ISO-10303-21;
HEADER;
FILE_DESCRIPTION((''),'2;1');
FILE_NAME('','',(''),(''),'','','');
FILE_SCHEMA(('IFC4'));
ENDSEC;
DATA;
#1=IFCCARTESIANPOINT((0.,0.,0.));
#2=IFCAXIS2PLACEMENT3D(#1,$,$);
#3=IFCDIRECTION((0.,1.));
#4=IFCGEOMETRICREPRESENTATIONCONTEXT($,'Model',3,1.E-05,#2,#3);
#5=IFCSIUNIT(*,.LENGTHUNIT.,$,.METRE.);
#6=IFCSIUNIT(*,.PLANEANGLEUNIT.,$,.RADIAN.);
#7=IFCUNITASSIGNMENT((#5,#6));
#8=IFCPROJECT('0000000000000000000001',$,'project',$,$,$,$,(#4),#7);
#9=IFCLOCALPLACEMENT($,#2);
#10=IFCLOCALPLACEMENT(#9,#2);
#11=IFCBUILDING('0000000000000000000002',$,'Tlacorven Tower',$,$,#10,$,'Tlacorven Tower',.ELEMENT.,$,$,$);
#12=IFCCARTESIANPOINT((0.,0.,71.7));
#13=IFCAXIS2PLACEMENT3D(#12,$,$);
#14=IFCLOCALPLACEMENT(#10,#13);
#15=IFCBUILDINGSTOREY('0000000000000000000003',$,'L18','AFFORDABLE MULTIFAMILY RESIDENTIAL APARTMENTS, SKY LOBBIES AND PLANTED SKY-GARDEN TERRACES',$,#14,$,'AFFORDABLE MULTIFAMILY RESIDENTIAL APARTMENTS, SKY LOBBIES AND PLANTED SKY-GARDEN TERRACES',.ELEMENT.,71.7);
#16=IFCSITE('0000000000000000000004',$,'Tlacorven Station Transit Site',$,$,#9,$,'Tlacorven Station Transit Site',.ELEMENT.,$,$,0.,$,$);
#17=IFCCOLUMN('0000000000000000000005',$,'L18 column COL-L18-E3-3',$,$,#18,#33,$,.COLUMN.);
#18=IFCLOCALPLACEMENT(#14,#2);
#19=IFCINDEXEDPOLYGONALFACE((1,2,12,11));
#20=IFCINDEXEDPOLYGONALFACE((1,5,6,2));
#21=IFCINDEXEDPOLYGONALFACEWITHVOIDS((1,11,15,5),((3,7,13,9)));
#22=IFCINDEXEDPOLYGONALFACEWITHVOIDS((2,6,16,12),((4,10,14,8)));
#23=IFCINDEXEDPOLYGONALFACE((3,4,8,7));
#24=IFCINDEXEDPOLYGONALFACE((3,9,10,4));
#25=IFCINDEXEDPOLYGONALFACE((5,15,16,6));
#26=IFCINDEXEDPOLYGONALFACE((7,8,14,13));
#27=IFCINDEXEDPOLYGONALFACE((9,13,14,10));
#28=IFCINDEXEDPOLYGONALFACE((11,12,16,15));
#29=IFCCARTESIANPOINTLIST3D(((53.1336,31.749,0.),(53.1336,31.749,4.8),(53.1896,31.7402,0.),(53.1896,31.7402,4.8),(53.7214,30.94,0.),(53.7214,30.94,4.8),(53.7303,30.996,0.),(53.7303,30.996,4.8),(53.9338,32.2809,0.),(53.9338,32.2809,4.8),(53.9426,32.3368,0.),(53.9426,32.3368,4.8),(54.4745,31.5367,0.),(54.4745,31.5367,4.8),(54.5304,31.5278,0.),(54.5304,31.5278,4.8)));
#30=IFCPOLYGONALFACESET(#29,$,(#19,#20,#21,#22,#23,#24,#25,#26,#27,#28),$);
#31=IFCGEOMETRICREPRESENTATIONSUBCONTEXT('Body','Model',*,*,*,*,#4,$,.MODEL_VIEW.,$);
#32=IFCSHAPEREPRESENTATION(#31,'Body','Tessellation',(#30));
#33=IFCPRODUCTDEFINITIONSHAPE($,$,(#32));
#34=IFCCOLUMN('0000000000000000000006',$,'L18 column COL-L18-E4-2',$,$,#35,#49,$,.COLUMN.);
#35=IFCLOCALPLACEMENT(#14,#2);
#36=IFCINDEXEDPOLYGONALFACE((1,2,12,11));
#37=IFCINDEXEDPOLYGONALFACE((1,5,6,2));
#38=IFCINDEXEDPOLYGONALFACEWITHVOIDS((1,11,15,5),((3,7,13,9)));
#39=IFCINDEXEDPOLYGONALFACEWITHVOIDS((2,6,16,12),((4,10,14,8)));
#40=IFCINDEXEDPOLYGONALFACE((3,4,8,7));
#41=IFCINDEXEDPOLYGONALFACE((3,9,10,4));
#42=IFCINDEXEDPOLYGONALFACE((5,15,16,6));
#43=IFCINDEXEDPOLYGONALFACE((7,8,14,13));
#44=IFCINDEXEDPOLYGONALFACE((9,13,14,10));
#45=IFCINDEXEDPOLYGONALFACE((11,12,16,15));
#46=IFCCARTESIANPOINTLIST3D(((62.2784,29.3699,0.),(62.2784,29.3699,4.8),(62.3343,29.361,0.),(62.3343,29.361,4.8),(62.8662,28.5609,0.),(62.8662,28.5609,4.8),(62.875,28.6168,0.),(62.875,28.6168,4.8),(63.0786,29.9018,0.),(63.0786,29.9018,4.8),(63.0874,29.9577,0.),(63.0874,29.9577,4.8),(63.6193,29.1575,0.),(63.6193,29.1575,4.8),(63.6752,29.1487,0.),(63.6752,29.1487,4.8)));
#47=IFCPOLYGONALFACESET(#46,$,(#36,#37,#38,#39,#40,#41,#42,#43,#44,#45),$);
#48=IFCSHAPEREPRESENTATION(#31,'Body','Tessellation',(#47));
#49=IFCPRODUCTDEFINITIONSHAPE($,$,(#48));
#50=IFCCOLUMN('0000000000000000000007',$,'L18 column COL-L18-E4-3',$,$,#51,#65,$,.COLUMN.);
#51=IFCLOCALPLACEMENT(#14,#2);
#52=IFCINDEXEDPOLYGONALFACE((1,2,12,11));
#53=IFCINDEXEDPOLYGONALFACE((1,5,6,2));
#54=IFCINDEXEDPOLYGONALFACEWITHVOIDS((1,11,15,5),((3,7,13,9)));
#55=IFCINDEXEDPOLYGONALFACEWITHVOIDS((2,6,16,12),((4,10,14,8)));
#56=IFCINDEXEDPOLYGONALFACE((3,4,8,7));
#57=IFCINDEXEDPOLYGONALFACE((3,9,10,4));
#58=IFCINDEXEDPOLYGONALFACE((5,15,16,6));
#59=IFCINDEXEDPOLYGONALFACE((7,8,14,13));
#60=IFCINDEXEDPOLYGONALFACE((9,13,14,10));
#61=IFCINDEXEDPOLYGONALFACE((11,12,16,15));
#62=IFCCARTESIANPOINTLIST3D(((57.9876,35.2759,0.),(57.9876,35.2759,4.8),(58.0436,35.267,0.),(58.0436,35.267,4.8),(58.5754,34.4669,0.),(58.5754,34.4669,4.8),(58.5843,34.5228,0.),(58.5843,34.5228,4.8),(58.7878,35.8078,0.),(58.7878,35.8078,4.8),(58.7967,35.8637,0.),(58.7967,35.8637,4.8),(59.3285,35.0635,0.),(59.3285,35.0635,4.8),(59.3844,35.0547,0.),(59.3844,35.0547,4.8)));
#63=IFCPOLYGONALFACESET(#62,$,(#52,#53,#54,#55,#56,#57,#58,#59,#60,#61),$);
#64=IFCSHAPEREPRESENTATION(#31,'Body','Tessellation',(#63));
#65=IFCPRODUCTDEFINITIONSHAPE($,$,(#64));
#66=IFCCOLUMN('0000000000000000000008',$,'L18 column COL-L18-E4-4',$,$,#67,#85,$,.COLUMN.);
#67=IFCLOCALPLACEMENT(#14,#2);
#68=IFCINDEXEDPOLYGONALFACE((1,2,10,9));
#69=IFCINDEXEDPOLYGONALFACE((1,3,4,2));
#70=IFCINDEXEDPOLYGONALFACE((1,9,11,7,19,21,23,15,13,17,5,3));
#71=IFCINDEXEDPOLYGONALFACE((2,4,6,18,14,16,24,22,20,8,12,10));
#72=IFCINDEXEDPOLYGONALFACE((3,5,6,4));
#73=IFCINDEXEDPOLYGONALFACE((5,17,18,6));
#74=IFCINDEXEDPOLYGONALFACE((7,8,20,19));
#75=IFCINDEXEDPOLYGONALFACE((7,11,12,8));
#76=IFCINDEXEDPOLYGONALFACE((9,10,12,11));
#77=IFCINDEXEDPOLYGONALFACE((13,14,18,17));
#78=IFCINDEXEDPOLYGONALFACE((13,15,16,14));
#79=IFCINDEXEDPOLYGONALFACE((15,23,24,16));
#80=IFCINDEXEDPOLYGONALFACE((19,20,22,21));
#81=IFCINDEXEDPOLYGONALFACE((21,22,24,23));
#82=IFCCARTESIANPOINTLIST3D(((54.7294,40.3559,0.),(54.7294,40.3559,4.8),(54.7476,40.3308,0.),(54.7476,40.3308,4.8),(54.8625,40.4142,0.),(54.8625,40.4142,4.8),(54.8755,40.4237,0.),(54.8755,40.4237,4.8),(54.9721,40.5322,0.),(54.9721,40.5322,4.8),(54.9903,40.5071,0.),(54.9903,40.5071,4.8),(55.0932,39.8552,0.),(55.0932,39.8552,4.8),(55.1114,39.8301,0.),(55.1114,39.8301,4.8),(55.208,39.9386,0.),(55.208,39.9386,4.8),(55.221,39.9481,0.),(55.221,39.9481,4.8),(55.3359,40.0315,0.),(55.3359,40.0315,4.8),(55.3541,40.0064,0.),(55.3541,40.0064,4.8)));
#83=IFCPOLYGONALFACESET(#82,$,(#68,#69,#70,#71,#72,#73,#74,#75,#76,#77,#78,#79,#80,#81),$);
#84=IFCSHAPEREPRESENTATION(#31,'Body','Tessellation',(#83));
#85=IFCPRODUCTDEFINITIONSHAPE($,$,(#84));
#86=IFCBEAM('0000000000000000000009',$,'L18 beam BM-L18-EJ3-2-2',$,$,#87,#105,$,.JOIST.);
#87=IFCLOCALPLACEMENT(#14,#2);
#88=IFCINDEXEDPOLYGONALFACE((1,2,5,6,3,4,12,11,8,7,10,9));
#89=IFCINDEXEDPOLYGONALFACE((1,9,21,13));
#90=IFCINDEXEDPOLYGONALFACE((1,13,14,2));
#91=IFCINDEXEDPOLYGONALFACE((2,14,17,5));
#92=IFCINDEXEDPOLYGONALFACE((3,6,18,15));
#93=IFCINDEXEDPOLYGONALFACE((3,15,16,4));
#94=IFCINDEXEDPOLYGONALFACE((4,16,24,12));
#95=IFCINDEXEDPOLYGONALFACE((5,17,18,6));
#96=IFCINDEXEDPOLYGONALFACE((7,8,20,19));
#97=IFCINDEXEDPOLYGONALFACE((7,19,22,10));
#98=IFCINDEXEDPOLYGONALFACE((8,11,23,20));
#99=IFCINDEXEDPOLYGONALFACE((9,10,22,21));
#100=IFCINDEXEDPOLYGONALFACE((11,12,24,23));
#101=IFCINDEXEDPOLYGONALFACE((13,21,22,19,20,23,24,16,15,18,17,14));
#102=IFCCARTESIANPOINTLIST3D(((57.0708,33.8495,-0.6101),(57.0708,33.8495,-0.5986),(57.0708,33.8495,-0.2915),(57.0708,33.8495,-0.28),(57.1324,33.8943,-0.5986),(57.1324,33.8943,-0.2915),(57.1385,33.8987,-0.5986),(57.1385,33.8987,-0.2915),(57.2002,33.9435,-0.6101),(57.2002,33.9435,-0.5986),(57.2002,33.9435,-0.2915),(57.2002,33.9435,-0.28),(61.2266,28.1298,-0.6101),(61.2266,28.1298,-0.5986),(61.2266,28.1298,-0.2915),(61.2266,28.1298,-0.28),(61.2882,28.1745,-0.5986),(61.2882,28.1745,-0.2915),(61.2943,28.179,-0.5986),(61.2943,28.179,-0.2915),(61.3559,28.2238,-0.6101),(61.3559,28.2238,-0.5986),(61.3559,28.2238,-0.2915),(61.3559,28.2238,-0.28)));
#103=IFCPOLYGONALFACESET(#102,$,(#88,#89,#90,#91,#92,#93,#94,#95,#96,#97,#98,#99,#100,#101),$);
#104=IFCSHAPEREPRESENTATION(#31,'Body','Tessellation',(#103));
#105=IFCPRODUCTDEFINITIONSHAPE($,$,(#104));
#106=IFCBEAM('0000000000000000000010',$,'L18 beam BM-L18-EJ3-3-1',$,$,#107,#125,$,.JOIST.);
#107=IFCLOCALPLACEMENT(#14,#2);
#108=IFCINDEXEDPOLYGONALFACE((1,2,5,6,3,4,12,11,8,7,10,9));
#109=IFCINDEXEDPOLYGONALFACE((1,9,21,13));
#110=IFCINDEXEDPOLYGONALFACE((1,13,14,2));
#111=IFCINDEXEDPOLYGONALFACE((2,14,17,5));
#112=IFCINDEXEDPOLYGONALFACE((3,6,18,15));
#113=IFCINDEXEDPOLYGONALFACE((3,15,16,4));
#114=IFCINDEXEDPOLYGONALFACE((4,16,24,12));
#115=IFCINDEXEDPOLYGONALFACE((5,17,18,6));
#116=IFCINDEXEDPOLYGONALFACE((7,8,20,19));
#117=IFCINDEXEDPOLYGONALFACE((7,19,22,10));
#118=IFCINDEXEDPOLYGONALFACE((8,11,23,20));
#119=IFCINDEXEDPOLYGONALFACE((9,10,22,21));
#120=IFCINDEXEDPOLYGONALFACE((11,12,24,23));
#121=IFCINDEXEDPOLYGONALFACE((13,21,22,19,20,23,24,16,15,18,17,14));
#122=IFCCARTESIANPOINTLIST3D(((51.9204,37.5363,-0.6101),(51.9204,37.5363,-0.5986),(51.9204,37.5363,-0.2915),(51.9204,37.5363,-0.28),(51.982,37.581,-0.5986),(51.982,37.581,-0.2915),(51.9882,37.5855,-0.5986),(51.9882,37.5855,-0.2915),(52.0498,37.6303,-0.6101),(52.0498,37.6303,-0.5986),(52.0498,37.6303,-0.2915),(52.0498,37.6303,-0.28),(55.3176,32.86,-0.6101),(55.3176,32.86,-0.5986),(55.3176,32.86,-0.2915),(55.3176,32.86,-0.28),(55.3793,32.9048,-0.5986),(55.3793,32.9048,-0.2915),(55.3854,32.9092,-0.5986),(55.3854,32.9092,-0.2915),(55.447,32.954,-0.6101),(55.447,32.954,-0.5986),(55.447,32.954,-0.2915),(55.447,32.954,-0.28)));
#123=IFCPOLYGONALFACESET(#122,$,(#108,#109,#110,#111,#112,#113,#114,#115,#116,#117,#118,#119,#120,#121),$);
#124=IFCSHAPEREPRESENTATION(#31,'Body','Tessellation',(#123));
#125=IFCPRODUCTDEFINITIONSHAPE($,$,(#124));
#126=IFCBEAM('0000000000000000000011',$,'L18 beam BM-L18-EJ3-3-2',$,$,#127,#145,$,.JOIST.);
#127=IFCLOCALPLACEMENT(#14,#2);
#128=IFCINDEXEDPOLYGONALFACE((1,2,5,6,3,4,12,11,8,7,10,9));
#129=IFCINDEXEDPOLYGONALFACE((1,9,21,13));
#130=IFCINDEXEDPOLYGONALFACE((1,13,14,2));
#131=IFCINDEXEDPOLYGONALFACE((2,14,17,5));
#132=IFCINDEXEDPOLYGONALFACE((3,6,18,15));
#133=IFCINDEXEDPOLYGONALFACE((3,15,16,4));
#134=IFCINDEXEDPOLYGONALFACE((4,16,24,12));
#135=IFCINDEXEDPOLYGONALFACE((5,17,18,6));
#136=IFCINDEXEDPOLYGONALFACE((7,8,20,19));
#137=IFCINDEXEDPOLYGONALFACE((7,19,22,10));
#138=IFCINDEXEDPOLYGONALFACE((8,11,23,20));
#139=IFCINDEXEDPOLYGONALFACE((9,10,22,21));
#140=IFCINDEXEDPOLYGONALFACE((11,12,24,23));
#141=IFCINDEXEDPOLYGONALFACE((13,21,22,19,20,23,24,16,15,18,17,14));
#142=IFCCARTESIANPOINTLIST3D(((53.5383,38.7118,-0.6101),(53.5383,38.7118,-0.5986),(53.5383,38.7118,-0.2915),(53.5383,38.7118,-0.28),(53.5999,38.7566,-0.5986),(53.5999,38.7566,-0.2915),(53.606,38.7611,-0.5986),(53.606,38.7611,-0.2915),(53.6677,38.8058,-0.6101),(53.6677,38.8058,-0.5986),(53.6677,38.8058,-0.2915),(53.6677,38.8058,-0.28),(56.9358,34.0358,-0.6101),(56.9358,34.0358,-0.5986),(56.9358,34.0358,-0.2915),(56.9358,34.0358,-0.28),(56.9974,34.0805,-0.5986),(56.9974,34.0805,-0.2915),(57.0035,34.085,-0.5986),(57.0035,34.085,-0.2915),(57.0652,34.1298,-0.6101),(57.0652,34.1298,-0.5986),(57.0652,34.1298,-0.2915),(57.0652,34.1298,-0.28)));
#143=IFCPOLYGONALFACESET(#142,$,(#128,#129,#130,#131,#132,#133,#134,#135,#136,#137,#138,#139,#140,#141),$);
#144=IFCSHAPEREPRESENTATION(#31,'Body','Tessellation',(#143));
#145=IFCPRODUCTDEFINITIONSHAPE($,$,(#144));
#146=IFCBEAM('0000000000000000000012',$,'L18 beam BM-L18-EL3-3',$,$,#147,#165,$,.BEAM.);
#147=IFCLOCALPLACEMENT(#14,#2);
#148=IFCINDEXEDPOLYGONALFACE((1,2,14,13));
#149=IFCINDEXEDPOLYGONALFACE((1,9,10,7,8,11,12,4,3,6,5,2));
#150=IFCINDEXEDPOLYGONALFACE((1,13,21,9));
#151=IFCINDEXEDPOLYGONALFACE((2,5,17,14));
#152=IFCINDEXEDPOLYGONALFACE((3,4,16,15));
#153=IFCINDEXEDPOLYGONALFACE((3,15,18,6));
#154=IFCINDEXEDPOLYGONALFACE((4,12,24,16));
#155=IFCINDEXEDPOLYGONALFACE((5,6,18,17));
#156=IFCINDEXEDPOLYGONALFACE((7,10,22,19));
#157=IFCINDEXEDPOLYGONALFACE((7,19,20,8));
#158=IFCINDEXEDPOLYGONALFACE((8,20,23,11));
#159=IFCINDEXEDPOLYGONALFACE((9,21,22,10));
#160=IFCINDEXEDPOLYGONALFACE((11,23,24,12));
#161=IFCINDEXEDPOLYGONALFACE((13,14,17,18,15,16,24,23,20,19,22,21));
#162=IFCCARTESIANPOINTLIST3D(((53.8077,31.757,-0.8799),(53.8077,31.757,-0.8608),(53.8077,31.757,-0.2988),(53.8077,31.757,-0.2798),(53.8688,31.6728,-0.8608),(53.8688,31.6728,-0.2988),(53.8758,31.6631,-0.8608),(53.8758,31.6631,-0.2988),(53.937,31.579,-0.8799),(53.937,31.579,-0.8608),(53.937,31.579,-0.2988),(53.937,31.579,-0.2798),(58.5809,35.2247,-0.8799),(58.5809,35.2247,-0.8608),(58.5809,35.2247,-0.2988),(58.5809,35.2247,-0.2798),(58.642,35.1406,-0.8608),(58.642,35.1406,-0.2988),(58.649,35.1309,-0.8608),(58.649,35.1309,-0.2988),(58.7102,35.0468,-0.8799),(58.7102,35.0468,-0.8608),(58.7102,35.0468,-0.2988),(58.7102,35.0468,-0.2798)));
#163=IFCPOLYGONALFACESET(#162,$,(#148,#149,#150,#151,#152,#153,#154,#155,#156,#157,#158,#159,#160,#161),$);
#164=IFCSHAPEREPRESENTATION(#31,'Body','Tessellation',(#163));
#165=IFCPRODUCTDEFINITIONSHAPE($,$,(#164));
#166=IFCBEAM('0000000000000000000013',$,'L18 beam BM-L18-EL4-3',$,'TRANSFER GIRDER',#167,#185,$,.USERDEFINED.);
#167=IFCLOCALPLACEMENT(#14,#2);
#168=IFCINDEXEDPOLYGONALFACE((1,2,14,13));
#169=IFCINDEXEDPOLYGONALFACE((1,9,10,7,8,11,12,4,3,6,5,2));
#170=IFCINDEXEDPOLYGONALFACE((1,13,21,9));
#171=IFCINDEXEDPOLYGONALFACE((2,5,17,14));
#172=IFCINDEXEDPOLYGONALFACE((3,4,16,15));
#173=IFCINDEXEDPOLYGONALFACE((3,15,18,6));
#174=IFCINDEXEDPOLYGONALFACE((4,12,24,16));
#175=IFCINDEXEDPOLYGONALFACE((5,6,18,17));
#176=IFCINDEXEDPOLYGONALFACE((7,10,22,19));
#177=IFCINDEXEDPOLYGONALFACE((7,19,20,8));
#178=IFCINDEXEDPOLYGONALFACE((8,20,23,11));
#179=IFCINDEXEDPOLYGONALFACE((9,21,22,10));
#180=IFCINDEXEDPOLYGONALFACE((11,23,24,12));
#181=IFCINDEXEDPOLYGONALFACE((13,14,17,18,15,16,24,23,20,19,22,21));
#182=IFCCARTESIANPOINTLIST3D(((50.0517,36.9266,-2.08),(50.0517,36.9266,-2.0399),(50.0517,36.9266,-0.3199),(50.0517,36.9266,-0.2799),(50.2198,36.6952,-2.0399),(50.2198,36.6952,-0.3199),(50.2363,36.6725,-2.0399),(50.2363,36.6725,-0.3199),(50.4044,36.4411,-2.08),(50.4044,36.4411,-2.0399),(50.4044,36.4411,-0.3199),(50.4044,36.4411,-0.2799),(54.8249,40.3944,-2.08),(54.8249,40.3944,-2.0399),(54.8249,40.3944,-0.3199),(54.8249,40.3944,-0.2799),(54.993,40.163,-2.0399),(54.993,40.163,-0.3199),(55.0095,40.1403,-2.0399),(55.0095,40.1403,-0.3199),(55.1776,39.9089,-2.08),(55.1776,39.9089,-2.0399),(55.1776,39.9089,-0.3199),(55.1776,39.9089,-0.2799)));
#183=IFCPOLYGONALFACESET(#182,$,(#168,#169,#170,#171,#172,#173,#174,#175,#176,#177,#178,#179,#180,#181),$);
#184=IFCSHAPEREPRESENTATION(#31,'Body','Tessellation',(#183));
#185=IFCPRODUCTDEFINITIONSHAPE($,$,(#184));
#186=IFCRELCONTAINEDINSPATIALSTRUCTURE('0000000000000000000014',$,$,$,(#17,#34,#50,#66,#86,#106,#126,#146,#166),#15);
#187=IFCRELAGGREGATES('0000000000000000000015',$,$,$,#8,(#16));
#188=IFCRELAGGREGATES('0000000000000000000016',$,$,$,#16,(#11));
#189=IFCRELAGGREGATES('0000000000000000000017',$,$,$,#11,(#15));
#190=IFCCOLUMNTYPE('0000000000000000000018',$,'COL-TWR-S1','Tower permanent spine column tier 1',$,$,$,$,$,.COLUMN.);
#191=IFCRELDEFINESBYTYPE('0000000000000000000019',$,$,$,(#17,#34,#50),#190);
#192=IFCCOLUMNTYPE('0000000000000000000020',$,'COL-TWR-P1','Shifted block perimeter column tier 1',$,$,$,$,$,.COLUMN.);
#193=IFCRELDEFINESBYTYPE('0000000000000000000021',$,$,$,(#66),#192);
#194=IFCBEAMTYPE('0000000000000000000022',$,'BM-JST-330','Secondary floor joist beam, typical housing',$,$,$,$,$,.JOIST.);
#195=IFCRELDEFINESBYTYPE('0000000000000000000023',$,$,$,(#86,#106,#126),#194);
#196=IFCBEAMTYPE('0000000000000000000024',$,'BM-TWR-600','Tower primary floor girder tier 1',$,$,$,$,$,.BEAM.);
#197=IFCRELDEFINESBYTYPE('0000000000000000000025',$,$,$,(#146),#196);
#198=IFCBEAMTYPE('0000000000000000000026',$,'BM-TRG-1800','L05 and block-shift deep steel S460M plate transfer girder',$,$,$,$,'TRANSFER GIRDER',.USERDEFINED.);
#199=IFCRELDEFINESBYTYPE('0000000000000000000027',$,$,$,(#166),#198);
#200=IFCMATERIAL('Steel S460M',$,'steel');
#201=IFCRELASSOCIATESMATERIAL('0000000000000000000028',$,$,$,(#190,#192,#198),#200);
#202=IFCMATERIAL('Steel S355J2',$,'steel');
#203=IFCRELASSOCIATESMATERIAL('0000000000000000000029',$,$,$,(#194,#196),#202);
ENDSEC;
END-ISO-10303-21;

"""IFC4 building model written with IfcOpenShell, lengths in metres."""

from ifc_helpers import new_model, si_unit, direction, frame, origin, origin_2d, place, context, subcontext, project, spatial, hollow_rectangle, i_section, extrude, source, transform, mapped, material, material_profile, profile_set, type_object, element, save


model = new_model("IFC4")

# Units and contexts
model_context = context("Model", 3, precision=1e-05, world=origin(), true_north=direction((0.0, 1.0)))
body_context = subcontext(model_context, "Body", "Model", "MODEL_VIEW")
ifc_project = project(units=[si_unit("LENGTHUNIT", "METRE"), si_unit("PLANEANGLEUNIT", "RADIAN")], contexts=[model_context])

# Site, building, storey
site_placement = place(None, origin())
site = spatial("IfcSite", under=ifc_project, at=site_placement, Name="Tlacorven Station Transit Site", LongName="Tlacorven Station Transit Site", CompositionType="ELEMENT", RefElevation=0.0)
building_placement = place(site_placement, origin())
building = spatial("IfcBuilding", under=site, at=building_placement, Name="Tlacorven Tower", LongName="Tlacorven Tower", CompositionType="ELEMENT")
storey_placement = place(building_placement, frame((0.0, 0.0, 71.7)))
storey = spatial("IfcBuildingStorey", under=building, at=storey_placement, Name="L18", Description="AFFORDABLE MULTIFAMILY RESIDENTIAL APARTMENTS, SKY LOBBIES AND PLANTED SKY-GARDEN TERRACES", LongName="AFFORDABLE MULTIFAMILY RESIDENTIAL APARTMENTS, SKY LOBBIES AND PLANTED SKY-GARDEN TERRACES", CompositionType="ELEMENT", Elevation=71.7)

# Columns
ifc_material_1 = material(Name="Steel S460M", Category="steel")
ifc_material_profile_1 = material_profile(ifc_material_1, hollow_rectangle(XDim=1.0, YDim=1.0, WallThickness=0.04, at=origin_2d()), Name="BOX 1000X1000X40")
ifc_profile_set_1 = profile_set([ifc_material_profile_1], Name="Steel S460M")
column_type_1 = type_object("IfcColumnType", Name="COL-TWR-S1", Description="Tower permanent spine column tier 1", PredefinedType="COLUMN", material=ifc_profile_set_1)
shared_shape_1 = source(origin(), body_context, "Body", "SweptSolid", [
    extrude(hollow_rectangle(XDim=1.0, YDim=1.0, WallThickness=0.04, at=origin_2d()), origin(), (0.0, 0.0, 1.0), 4.8),
])
for number, where, z_axis, x_axis, name in (
    (1, (53.832, 31.6384, 0.0), (0.0, 0.0, 1.0), (0.809017, 0.587785, 0.0), "L18 column COL-L18-E3-3"),
    (2, (62.9768, 29.2593, 0.0), (0.0, 0.0, 1.0), (0.809017, 0.587785, 0.0), "L18 column COL-L18-E4-2"),
    (3, (58.686, 35.1653, 0.0), (0.0, 0.0, 1.0), (0.809017, 0.587785, 0.0), "L18 column COL-L18-E4-3"),
):
    element("IfcColumn", number, at=place(storey_placement, frame(where, z_axis=z_axis, x_axis=x_axis)), inside=storey, type_object=column_type_1, Name=name, PredefinedType="COLUMN", context=body_context, shape_type="MappedRepresentation", body=[
        mapped(shared_shape_1, transform((0.0, 0.0, 0.0), scale=1.0)),
    ])
ifc_material_profile_2 = material_profile(ifc_material_1, i_section(OverallWidth=0.3, OverallDepth=0.6499, WebThickness=0.0161, FlangeThickness=0.031, at=origin_2d()), Name="HEB 650")
ifc_profile_set_2 = profile_set([ifc_material_profile_2], Name="Steel S460M")
column_type_2 = type_object("IfcColumnType", Name="COL-TWR-P1", Description="Shifted block perimeter column tier 1", PredefinedType="COLUMN", material=ifc_profile_set_2)
shared_shape_2 = source(origin(), body_context, "Body", "SweptSolid", [
    extrude(i_section(OverallWidth=0.3, OverallDepth=0.6499, WebThickness=0.0161, FlangeThickness=0.031, at=origin_2d()), origin(), (0.0, 0.0, 1.0), 4.8),
])
column_placement = place(storey_placement, frame((55.0417, 40.1812, 0.0), z_axis=(0.0, 0.0, 1.0), x_axis=(0.809017, 0.587785, 0.0)))
element("IfcColumn", 4, at=column_placement, inside=storey, type_object=column_type_2, Name="L18 column COL-L18-E4-4", PredefinedType="COLUMN", context=body_context, shape_type="MappedRepresentation", body=[
    mapped(shared_shape_2, transform((0.0, 0.0, 0.0), scale=1.0)),
])

# Beams
ifc_material_2 = material(Name="Steel S355J2", Category="steel")
ifc_material_profile_3 = material_profile(ifc_material_2, i_section(OverallWidth=0.1599, OverallDepth=0.3301, WebThickness=0.0076, FlangeThickness=0.0115, at=origin_2d()), Name="IPE 330")
ifc_profile_set_3 = profile_set([ifc_material_profile_3], Name="Steel S355J2")
beam_type_1 = type_object("IfcBeamType", Name="BM-JST-330", Description="Secondary floor joist beam, typical housing", PredefinedType="JOIST", material=ifc_profile_set_3)
shared_shape_3 = source(origin(), body_context, "Body", "SweptSolid", [
    extrude(i_section(OverallWidth=0.1599, OverallDepth=0.3301, WebThickness=0.0076, FlangeThickness=0.0115, at=origin_2d()), origin(), (0.0, 0.0, 1.0), 7.0701),
])
beam_1_placement = place(storey_placement, frame((61.2913, 28.1768, -0.4451), z_axis=(-0.587798, 0.809008, 0.0), x_axis=(-0.809008, -0.587798, 0.0)))
element("IfcBeam", 5, at=beam_1_placement, inside=storey, type_object=beam_type_1, Name="L18 beam BM-L18-EJ3-2-2", PredefinedType="JOIST", context=body_context, shape_type="MappedRepresentation", body=[
    mapped(shared_shape_3, transform((0.0, 0.0, 0.0), scale=1.0)),
])
shared_shape_4 = source(origin(), body_context, "Body", "SweptSolid", [
    extrude(i_section(OverallWidth=0.1599, OverallDepth=0.3301, WebThickness=0.0076, FlangeThickness=0.0115, at=origin_2d()), origin(), (0.0, 0.0, 1.0), 5.78),
])
for number, where, z_axis, x_axis, name in (
    (6, (55.3823, 32.907, -0.4451), (-0.587752, 0.809041, 0.0), (-0.809041, -0.587752, 0.0), "L18 beam BM-L18-EJ3-3-1"),
    (7, (57.0005, 34.0828, -0.4451), (-0.5878, 0.809006, 0.0), (-0.809006, -0.5878, 0.0), "L18 beam BM-L18-EJ3-3-2"),
):
    element("IfcBeam", number, at=place(storey_placement, frame(where, z_axis=z_axis, x_axis=x_axis)), inside=storey, type_object=beam_type_1, Name=name, PredefinedType="JOIST", context=body_context, shape_type="MappedRepresentation", body=[
        mapped(shared_shape_4, transform((0.0, 0.0, 0.0), scale=1.0)),
    ])
ifc_material_profile_4 = material_profile(ifc_material_2, i_section(OverallWidth=0.22, OverallDepth=0.6001, WebThickness=0.012, FlangeThickness=0.019, at=origin_2d()), Name="IPE 600")
ifc_profile_set_4 = profile_set([ifc_material_profile_4], Name="Steel S355J2")
beam_type_2 = type_object("IfcBeamType", Name="BM-TWR-600", Description="Tower primary floor girder tier 1", PredefinedType="BEAM", material=ifc_profile_set_4)
shared_shape_5 = source(origin(), body_context, "Body", "SweptSolid", [
    extrude(i_section(OverallWidth=0.22, OverallDepth=0.6001, WebThickness=0.012, FlangeThickness=0.019, at=origin_2d()), origin(), (0.0, 0.0, 1.0), 5.8999),
])
beam_2_placement = place(storey_placement, frame((53.8723, 31.668, -0.5798), z_axis=(0.809029, 0.587768, 0.0), x_axis=(-0.587768, 0.809029, 0.0)))
element("IfcBeam", 8, at=beam_2_placement, inside=storey, type_object=beam_type_2, Name="L18 beam BM-L18-EL3-3", PredefinedType="BEAM", context=body_context, shape_type="MappedRepresentation", body=[
    mapped(shared_shape_5, transform((0.0, 0.0, 0.0), scale=1.0)),
])
ifc_material_profile_5 = material_profile(ifc_material_1, i_section(OverallWidth=0.6001, OverallDepth=1.8, WebThickness=0.0281, FlangeThickness=0.04, at=origin_2d()), Name="PG 1800X600X28X40")
ifc_profile_set_5 = profile_set([ifc_material_profile_5], Name="Steel S460M")
beam_type_3 = type_object("IfcBeamType", Name="BM-TRG-1800", Description="L05 and block-shift deep steel S460M plate transfer girder", ElementType="TRANSFER GIRDER", PredefinedType="USERDEFINED", material=ifc_profile_set_5)
shared_shape_6 = source(origin(), body_context, "Body", "SweptSolid", [
    extrude(i_section(OverallWidth=0.6001, OverallDepth=1.8, WebThickness=0.0281, FlangeThickness=0.04, at=origin_2d()), origin(), (0.0, 0.0, 1.0), 5.8999),
])
beam_3_placement = place(storey_placement, frame((50.228, 36.6838, -1.1799), z_axis=(0.809029, 0.587768, 0.0), x_axis=(-0.587768, 0.809029, 0.0)))
element("IfcBeam", 9, at=beam_3_placement, inside=storey, type_object=beam_type_3, Name="L18 beam BM-L18-EL4-3", ObjectType="TRANSFER GIRDER", PredefinedType="USERDEFINED", context=body_context, shape_type="MappedRepresentation", body=[
    mapped(shared_shape_6, transform((0.0, 0.0, 0.0), scale=1.0)),
])

save(model, "model.ifc")
